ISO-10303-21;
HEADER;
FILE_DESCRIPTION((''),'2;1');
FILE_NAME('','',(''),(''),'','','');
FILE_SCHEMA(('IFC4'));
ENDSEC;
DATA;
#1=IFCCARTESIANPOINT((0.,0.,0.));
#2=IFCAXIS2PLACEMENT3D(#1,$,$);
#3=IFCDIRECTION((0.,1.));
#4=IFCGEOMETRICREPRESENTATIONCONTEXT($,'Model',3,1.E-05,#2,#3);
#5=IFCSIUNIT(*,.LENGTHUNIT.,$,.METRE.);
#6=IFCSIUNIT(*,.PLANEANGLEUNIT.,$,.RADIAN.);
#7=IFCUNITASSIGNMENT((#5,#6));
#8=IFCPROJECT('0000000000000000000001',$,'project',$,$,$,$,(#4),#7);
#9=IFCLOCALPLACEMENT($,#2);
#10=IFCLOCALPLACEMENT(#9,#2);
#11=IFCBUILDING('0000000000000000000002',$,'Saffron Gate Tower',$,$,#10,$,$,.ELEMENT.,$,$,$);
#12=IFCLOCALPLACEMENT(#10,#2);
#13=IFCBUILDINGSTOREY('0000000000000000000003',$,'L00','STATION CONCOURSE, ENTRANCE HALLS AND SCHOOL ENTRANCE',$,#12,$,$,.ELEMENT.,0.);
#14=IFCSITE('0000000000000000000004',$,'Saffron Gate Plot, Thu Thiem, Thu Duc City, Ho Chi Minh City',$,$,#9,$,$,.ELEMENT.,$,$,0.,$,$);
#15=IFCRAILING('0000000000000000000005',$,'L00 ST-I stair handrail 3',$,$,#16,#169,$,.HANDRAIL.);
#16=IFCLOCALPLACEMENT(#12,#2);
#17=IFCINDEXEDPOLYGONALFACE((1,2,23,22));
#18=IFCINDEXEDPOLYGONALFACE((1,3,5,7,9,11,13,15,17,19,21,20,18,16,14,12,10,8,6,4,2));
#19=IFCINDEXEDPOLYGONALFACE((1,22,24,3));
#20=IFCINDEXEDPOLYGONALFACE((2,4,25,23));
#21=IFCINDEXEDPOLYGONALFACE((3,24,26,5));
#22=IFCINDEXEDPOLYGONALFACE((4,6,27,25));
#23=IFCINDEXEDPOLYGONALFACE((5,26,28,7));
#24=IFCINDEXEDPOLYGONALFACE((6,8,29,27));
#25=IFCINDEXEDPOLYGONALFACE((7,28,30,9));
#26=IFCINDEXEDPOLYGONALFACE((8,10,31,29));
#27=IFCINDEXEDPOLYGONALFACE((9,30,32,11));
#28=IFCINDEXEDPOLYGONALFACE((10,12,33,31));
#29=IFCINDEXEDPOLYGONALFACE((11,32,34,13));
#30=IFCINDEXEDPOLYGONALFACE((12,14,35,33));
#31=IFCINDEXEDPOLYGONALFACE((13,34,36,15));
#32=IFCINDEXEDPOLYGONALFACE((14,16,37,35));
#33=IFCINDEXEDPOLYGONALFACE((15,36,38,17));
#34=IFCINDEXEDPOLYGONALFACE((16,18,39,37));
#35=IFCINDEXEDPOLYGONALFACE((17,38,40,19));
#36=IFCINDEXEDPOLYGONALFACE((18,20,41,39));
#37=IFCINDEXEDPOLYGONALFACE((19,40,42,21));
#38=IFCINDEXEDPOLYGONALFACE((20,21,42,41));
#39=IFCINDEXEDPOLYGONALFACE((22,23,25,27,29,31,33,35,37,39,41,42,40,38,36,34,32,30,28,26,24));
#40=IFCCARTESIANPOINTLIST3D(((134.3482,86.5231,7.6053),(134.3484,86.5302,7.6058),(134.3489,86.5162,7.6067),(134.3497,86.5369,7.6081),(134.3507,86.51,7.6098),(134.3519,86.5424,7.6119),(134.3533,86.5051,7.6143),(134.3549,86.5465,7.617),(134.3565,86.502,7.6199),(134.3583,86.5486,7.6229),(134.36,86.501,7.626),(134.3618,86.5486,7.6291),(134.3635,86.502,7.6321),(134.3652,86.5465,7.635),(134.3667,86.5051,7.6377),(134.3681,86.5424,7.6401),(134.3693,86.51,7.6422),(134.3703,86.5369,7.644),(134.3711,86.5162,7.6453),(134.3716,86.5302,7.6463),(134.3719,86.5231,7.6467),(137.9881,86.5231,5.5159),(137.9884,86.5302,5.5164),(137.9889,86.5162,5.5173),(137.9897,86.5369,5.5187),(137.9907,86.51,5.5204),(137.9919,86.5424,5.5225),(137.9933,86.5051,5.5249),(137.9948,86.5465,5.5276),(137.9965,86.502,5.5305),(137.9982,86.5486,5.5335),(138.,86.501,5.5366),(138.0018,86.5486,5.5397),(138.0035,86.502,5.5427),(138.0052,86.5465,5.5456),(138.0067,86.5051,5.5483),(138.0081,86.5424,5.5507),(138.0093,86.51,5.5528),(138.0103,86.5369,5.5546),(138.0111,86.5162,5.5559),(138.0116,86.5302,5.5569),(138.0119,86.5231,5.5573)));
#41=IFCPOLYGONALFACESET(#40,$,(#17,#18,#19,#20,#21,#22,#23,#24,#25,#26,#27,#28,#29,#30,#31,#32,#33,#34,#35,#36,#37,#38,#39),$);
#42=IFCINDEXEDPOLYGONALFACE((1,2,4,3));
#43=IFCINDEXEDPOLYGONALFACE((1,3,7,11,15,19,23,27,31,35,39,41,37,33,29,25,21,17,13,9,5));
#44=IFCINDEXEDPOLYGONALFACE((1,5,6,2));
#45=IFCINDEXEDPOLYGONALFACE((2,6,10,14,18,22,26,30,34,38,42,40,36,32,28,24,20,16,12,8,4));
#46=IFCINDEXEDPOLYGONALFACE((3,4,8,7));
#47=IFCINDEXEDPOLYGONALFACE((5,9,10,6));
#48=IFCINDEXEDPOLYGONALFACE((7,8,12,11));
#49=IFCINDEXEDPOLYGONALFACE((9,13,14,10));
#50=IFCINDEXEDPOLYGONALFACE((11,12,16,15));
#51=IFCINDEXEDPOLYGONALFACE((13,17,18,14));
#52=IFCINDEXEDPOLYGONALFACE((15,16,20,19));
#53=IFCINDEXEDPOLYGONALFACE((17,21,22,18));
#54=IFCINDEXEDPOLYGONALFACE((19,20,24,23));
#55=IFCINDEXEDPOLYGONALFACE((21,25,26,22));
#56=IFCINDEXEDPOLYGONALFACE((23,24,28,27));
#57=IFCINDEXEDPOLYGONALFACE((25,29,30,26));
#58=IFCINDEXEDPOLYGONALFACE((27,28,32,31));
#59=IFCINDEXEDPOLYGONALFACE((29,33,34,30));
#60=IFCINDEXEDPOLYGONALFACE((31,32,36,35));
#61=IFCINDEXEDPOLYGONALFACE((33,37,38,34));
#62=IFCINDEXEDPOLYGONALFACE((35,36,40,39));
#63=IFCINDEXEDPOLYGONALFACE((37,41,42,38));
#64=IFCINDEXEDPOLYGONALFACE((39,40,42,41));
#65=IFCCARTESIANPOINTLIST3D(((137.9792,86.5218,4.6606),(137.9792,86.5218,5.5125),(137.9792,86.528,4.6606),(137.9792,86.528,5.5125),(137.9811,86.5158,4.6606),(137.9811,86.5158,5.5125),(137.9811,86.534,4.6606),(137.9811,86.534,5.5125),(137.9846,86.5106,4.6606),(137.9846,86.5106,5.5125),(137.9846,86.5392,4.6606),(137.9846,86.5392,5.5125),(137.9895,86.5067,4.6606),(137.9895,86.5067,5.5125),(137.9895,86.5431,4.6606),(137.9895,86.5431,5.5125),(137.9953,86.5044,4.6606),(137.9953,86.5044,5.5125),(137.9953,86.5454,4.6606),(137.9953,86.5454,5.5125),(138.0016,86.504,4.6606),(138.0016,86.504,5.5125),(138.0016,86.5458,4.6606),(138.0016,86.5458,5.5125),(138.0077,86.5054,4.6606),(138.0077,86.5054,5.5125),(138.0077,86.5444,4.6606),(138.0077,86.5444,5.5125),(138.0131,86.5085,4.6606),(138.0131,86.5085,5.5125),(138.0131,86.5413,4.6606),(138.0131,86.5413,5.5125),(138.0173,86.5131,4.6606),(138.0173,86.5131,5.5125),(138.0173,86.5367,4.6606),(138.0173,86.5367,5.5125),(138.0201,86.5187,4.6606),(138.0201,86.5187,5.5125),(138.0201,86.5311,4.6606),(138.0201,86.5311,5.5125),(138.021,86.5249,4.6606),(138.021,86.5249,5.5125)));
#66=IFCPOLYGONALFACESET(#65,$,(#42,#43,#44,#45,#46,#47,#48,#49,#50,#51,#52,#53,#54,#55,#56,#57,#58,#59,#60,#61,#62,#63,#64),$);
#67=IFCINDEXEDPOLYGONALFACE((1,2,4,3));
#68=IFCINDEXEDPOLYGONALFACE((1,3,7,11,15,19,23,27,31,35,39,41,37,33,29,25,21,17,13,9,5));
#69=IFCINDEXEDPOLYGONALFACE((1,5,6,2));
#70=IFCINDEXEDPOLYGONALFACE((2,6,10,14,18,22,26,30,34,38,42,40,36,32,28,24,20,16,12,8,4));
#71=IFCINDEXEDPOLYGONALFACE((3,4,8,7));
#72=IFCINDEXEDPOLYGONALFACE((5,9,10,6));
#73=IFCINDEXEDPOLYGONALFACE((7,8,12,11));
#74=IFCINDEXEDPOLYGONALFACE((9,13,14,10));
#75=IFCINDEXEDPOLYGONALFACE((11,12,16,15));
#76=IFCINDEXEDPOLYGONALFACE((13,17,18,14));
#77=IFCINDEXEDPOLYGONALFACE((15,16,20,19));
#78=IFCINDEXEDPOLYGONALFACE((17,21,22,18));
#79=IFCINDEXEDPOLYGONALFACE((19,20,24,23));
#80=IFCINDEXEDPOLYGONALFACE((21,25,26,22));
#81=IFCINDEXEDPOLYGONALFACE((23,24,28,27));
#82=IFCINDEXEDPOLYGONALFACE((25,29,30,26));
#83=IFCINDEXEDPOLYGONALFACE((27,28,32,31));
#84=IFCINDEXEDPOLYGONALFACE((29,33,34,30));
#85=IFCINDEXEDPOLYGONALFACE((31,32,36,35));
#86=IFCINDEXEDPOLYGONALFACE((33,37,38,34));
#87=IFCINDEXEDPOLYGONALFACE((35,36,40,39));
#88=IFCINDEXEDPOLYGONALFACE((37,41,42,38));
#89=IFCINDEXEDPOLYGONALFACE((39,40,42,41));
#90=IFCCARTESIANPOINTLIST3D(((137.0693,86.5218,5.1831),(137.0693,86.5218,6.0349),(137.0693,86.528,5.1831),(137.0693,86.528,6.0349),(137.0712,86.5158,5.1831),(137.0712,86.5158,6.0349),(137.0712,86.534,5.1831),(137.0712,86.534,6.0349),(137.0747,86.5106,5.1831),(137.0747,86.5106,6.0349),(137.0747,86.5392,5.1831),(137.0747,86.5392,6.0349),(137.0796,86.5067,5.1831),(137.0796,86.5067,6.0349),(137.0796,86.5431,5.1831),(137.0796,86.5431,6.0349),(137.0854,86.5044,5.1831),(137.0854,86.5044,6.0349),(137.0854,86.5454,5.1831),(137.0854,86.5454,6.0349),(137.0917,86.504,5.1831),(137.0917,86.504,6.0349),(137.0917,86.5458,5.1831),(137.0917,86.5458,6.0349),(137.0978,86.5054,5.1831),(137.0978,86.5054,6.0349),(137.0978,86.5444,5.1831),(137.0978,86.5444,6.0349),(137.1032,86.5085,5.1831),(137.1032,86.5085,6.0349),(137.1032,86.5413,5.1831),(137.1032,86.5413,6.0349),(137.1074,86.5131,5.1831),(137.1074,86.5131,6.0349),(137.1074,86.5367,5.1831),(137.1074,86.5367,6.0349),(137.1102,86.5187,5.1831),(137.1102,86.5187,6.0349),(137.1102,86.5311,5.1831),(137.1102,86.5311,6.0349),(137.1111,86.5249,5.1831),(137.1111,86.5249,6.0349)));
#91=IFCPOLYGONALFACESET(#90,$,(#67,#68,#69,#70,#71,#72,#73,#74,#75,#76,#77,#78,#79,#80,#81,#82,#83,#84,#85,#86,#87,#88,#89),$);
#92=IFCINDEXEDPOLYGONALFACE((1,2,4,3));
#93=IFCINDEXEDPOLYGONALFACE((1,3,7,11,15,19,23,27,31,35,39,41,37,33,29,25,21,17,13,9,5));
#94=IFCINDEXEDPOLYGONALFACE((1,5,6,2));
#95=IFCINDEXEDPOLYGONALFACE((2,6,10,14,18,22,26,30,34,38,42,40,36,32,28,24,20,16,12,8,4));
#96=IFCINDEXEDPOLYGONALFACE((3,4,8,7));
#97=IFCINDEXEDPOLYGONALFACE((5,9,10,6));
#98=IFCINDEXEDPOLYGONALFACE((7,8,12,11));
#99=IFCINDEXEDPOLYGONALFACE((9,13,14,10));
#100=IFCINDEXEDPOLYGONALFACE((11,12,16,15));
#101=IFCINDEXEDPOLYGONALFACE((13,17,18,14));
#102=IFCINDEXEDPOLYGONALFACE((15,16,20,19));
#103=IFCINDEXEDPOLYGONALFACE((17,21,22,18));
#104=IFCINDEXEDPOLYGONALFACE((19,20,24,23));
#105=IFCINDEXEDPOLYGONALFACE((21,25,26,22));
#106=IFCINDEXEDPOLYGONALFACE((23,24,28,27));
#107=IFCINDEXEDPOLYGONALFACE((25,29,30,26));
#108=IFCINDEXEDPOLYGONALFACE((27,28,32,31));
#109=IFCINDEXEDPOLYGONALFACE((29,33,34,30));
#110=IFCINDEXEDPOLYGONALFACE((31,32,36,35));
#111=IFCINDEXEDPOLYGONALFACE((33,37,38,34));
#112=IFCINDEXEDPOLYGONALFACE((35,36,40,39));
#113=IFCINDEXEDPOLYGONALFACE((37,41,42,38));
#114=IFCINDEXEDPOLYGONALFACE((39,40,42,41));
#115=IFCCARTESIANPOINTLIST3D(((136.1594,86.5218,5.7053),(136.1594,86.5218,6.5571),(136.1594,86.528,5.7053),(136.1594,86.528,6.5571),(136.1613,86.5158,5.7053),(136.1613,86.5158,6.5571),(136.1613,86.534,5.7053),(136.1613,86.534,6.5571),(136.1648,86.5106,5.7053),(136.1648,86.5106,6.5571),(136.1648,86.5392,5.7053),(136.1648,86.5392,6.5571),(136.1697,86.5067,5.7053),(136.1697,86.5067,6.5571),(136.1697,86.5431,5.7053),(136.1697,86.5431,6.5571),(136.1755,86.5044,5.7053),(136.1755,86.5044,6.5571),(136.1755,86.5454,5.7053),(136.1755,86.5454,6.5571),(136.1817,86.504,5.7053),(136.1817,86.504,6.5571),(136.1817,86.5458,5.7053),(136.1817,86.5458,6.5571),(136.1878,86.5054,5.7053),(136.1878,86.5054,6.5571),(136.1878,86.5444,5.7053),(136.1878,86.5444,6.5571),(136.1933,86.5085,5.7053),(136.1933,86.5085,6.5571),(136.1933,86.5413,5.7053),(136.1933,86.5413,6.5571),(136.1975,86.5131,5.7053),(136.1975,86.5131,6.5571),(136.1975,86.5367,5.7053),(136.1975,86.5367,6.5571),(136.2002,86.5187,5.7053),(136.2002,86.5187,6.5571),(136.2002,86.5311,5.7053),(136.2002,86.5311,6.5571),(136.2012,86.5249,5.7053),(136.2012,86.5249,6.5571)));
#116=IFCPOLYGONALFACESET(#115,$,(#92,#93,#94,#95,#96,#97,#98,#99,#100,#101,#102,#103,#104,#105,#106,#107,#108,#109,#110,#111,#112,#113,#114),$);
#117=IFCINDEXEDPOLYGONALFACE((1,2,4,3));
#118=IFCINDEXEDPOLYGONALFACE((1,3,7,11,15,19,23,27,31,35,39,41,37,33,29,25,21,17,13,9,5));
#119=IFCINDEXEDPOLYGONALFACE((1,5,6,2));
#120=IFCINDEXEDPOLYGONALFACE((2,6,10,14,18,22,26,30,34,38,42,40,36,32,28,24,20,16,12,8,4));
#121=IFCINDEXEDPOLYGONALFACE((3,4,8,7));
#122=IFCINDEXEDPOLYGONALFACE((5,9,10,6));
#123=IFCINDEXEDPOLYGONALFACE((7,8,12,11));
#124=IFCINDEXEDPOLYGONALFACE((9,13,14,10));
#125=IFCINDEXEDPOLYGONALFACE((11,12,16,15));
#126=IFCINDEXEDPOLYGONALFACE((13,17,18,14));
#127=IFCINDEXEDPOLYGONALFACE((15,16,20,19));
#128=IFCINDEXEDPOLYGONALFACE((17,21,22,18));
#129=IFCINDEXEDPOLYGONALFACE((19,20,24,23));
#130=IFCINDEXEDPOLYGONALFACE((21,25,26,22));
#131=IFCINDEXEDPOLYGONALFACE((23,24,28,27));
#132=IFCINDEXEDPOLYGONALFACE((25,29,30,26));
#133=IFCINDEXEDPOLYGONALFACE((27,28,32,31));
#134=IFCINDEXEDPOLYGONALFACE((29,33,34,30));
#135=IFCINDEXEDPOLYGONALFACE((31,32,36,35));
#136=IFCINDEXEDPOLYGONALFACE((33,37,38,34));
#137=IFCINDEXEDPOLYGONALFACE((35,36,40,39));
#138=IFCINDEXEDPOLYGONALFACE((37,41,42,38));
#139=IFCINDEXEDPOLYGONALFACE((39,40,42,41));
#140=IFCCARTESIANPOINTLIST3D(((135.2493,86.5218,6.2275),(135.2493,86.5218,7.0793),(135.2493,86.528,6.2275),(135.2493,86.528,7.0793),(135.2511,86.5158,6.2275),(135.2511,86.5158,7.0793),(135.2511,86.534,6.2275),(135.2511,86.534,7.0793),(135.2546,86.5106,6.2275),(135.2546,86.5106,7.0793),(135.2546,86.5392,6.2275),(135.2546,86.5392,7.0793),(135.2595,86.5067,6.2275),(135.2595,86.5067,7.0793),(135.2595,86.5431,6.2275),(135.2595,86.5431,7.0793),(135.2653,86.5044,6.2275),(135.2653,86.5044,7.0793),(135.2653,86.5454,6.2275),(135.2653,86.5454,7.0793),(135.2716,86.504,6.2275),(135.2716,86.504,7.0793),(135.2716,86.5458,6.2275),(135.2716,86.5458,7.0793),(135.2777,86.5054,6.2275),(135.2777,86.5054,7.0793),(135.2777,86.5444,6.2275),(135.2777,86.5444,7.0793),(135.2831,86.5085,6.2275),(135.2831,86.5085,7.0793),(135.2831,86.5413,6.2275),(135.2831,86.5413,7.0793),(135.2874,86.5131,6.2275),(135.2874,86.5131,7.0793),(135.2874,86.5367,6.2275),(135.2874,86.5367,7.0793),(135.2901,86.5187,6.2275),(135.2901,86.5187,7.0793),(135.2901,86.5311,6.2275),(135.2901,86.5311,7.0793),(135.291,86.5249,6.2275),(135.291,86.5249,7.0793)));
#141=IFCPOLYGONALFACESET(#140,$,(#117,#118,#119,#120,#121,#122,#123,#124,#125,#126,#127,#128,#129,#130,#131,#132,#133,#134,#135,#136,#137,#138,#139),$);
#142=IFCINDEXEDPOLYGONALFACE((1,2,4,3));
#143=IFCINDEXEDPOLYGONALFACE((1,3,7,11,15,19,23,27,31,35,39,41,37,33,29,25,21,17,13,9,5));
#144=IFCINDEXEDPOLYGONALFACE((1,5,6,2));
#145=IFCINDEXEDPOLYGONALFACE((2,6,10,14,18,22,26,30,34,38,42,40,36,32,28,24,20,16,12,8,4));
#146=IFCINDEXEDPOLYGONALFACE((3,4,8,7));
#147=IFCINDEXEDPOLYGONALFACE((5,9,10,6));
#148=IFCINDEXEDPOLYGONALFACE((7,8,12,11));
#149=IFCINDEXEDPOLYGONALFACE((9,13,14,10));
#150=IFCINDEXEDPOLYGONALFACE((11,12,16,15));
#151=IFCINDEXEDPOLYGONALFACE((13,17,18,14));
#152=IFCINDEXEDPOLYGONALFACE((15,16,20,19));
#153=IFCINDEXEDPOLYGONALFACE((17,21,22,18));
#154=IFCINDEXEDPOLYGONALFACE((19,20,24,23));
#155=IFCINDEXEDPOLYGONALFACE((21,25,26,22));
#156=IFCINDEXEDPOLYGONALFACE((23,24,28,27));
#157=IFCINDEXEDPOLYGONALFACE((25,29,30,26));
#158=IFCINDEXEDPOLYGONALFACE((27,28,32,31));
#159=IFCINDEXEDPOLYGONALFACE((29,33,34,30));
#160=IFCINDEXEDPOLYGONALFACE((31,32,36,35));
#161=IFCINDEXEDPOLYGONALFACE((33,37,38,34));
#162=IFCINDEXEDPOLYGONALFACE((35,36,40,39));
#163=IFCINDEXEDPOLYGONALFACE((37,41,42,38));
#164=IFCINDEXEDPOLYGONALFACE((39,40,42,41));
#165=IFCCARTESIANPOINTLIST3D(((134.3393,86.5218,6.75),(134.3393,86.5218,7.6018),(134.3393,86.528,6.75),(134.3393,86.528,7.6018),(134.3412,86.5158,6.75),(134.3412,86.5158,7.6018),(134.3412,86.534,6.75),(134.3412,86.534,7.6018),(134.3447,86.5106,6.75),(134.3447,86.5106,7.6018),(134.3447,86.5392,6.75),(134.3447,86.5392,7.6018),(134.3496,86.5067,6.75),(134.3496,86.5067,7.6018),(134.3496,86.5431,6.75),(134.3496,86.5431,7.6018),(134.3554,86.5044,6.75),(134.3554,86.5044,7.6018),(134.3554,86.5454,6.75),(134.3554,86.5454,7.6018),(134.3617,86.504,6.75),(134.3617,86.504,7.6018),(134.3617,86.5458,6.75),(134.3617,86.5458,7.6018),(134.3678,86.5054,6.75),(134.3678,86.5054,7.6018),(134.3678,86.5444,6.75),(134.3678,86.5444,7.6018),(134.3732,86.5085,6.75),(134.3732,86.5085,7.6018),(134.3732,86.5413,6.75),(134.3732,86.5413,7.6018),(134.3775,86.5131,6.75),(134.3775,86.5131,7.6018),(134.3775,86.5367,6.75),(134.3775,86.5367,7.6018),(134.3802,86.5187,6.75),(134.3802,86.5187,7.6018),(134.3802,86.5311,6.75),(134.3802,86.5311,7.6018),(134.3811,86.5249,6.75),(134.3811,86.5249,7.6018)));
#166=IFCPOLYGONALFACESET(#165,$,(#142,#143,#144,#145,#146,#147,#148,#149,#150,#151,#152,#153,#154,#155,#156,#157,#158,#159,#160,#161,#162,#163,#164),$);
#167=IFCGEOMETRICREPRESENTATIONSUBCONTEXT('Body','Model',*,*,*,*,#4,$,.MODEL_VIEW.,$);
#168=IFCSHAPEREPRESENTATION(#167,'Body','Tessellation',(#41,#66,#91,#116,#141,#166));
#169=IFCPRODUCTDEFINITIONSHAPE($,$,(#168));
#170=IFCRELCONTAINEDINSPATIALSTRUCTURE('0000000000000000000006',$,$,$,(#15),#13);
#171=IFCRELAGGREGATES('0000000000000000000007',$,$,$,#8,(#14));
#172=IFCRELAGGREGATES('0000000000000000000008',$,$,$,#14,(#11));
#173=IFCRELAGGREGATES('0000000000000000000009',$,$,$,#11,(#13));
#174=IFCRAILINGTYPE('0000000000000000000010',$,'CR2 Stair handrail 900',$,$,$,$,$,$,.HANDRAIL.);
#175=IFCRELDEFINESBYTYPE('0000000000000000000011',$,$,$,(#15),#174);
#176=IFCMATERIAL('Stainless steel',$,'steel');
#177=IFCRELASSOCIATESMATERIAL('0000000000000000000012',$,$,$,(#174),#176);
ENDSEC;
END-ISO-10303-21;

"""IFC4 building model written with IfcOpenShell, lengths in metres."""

from ifc_helpers import new_model, si_unit, direction, frame, origin, origin_2d, place, context, subcontext, project, spatial, circle, extrude, material, type_object, element, save


model = new_model("IFC4")

# Units and contexts
model_context = context("Model", 3, precision=1e-05, world=origin(), true_north=direction((0.0, 1.0)))
body_context = subcontext(model_context, "Body", "Model", "MODEL_VIEW")
ifc_project = project(units=[si_unit("LENGTHUNIT", "METRE"), si_unit("PLANEANGLEUNIT", "RADIAN")], contexts=[model_context])

# Site, building, storey
site_placement = place(None, origin())
site = spatial("IfcSite", under=ifc_project, at=site_placement, Name="Saffron Gate Plot, Thu Thiem, Thu Duc City, Ho Chi Minh City", CompositionType="ELEMENT", RefElevation=0.0)
building_placement = place(site_placement, origin())
building = spatial("IfcBuilding", under=site, at=building_placement, Name="Saffron Gate Tower", CompositionType="ELEMENT")
storey_placement = place(building_placement, origin())
storey = spatial("IfcBuildingStorey", under=building, at=storey_placement, Name="L00", Description="STATION CONCOURSE, ENTRANCE HALLS AND SCHOOL ENTRANCE", CompositionType="ELEMENT", Elevation=0.0)

# Railing
ifc_material_1 = material(Name="Stainless steel", Category="steel")
railing_type = type_object("IfcRailingType", Name="CR2 Stair handrail 900", PredefinedType="HANDRAIL", material=ifc_material_1)
for number, where, name in (
    (1, (138.0, 86.5249, 4.6606), "L00 ST-I stair handrail 3"),
):
    element("IfcRailing", number, at=place(storey_placement, frame(where)), inside=storey, type_object=railing_type, Name=name, PredefinedType="HANDRAIL", context=body_context, shape_type="SweptSolid", body=[
        extrude(circle(Radius=0.0239, at=origin_2d()), frame((0.0, 0.0, 0.876), z_axis=(-0.867275, 0.0, 0.497829), x_axis=(0.0, -1.0, 0.0)), (0.0, 0.0, 1.0), 4.197),
        extrude(circle(Radius=0.021, at=origin_2d()), origin(), (0.0, 0.0, 1.0), 0.8518),
        extrude(circle(Radius=0.021, at=origin_2d()), frame((-0.9099, 0.0, 0.5225)), (0.0, 0.0, 1.0), 0.8518),
        extrude(circle(Radius=0.021, at=origin_2d()), frame((-1.8198, 0.0, 1.0447)), (0.0, 0.0, 1.0), 0.8518),
        extrude(circle(Radius=0.021, at=origin_2d()), frame((-2.73, 0.0, 1.5669)), (0.0, 0.0, 1.0), 0.8518),
        extrude(circle(Radius=0.021, at=origin_2d()), frame((-3.6399, 0.0, 2.0894)), (0.0, 0.0, 1.0), 0.8518),
    ])

save(model, "model.ifc")
